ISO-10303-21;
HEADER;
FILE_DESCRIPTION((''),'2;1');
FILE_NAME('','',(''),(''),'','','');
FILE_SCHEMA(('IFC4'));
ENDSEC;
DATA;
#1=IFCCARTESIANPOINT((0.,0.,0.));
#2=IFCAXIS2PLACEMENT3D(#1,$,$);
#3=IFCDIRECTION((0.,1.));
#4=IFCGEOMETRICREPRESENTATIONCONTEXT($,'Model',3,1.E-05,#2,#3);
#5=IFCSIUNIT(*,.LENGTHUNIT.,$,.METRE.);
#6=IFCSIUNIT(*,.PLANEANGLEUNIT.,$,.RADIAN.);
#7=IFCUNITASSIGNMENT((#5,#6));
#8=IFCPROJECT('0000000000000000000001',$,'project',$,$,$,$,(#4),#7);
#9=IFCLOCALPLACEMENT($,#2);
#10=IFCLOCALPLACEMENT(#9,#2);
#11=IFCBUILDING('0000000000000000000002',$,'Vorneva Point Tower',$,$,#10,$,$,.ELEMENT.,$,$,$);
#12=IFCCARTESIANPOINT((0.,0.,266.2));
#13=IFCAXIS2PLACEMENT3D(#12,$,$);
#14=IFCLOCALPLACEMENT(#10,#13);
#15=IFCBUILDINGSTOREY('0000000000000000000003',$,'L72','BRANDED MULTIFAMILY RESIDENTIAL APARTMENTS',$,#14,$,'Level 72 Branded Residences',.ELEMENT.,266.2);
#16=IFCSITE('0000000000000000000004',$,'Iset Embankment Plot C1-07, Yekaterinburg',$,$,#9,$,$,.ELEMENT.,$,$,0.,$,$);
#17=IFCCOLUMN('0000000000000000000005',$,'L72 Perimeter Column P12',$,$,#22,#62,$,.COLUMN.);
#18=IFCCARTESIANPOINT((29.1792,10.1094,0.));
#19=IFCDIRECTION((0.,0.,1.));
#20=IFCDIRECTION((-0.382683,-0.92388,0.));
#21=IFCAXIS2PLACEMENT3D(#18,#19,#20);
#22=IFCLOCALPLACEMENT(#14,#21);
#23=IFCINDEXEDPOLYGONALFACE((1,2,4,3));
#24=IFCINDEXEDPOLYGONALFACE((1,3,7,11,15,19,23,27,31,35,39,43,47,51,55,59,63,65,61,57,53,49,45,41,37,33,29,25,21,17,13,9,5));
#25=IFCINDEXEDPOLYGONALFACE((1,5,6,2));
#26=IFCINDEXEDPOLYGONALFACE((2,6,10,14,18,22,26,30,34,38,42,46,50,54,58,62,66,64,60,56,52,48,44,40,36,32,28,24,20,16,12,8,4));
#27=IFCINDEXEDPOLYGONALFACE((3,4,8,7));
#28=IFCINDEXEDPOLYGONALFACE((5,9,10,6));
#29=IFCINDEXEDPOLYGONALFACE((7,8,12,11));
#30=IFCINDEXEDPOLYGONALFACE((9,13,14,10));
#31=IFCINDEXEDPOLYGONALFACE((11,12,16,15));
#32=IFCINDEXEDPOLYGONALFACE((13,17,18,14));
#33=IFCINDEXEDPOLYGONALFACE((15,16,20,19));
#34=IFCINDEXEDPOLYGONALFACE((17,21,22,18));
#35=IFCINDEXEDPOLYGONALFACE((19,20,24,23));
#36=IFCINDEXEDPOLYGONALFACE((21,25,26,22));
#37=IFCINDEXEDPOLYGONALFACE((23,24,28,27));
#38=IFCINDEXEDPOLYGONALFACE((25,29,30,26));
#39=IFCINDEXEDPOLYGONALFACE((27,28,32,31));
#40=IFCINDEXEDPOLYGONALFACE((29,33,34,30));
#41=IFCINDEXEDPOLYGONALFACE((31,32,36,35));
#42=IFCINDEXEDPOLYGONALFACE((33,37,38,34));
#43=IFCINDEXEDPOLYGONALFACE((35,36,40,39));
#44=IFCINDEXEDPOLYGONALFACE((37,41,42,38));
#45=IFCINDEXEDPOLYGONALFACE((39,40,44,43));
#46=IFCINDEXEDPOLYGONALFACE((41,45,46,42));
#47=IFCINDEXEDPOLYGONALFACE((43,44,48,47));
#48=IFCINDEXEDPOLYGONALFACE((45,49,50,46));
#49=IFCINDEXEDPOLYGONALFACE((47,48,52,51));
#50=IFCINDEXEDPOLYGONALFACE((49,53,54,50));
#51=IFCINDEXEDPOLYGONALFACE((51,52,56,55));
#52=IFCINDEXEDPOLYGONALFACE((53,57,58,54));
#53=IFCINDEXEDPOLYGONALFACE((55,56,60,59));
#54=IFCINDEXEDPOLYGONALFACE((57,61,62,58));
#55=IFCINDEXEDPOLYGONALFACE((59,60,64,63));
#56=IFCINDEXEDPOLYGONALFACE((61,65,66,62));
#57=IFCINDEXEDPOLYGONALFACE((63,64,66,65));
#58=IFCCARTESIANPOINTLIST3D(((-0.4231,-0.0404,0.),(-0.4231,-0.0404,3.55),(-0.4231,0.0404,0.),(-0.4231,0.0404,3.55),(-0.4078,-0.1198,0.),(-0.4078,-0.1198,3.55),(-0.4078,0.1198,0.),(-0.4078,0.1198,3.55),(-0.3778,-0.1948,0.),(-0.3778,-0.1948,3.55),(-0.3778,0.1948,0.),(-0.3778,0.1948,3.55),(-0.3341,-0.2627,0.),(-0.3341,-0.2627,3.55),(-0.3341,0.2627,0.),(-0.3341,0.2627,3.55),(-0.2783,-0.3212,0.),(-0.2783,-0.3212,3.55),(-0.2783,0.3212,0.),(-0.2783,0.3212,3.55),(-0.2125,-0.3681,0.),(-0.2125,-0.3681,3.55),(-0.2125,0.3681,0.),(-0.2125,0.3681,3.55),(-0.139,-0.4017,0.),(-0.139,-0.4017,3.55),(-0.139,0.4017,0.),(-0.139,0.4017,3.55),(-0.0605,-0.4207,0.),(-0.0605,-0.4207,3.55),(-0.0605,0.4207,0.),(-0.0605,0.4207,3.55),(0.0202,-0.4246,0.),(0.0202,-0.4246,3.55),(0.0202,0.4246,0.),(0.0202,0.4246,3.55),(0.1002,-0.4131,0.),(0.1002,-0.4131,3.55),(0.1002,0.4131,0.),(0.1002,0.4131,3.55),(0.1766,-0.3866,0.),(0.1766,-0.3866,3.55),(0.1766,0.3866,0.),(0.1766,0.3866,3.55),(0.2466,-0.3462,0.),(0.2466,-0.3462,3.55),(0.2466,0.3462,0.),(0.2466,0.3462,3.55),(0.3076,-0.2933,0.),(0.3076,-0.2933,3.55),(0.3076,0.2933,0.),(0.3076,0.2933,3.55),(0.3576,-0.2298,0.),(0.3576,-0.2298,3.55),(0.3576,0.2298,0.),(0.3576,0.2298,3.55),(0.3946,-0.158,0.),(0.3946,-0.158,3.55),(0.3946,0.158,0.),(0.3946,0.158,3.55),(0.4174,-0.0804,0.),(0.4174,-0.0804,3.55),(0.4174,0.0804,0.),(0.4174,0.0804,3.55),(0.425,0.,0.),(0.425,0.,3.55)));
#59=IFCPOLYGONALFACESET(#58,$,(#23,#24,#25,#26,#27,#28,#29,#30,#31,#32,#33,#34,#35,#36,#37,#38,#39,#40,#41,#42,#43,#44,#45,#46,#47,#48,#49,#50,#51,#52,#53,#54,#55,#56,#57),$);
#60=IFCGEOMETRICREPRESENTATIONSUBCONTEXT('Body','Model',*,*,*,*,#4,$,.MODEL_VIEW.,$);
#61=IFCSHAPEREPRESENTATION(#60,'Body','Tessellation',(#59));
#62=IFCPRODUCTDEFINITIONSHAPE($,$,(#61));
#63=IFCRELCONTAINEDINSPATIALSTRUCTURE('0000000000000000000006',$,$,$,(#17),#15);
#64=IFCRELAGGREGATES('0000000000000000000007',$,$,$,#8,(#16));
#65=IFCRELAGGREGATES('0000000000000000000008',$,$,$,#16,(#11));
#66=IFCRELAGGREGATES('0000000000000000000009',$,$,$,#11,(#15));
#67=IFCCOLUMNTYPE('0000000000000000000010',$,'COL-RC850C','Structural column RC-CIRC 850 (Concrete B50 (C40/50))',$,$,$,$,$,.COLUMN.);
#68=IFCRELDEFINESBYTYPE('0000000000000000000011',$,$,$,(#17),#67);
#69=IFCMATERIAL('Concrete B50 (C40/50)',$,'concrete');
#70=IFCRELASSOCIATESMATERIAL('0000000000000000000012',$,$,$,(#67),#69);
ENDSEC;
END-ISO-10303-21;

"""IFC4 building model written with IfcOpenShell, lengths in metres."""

from ifc_helpers import new_model, si_unit, direction, frame, origin, origin_2d, place, context, subcontext, project, spatial, circle, extrude, material, material_profile, profile_set, type_object, element, save


model = new_model("IFC4")

# Units and contexts
model_context = context("Model", 3, precision=1e-05, world=origin(), true_north=direction((0.0, 1.0)))
body_context = subcontext(model_context, "Body", "Model", "MODEL_VIEW")
ifc_project = project(units=[si_unit("LENGTHUNIT", "METRE"), si_unit("PLANEANGLEUNIT", "RADIAN")], contexts=[model_context])

# Site, building, storey
site_placement = place(None, origin())
site = spatial("IfcSite", under=ifc_project, at=site_placement, Name="Iset Embankment Plot C1-07, Yekaterinburg", CompositionType="ELEMENT", RefElevation=0.0)
building_placement = place(site_placement, origin())
building = spatial("IfcBuilding", under=site, at=building_placement, Name="Vorneva Point Tower", CompositionType="ELEMENT")
storey_placement = place(building_placement, frame((0.0, 0.0, 266.2)))
storey = spatial("IfcBuildingStorey", under=building, at=storey_placement, Name="L72", Description="BRANDED MULTIFAMILY RESIDENTIAL APARTMENTS", LongName="Level 72 Branded Residences", CompositionType="ELEMENT", Elevation=266.2)

# Column
ifc_material_1 = material(Name="Concrete B50 (C40/50)", Category="concrete")
ifc_material_profile_1 = material_profile(ifc_material_1, circle(Radius=0.425, at=origin_2d()), Name="RC-CIRC 850")
ifc_profile_set_1 = profile_set([ifc_material_profile_1], Name="Concrete B50 (C40/50)")
column_type_1 = type_object("IfcColumnType", Name="COL-RC850C", Description="Structural column RC-CIRC 850 (Concrete B50 (C40/50))", PredefinedType="COLUMN", material=ifc_profile_set_1)
column_1_placement = place(storey_placement, frame((29.1792, 10.1094, 0.0), z_axis=(0.0, 0.0, 1.0), x_axis=(-0.382683, -0.92388, 0.0)))
element("IfcColumn", 1, at=column_1_placement, inside=storey, type_object=column_type_1, Name="L72 Perimeter Column P12", PredefinedType="COLUMN", context=body_context, shape_type="SweptSolid", body=[
    extrude(circle(Radius=0.425, at=origin_2d()), origin(), (0.0, 0.0, 1.0), 3.55),
])

save(model, "model.ifc")
